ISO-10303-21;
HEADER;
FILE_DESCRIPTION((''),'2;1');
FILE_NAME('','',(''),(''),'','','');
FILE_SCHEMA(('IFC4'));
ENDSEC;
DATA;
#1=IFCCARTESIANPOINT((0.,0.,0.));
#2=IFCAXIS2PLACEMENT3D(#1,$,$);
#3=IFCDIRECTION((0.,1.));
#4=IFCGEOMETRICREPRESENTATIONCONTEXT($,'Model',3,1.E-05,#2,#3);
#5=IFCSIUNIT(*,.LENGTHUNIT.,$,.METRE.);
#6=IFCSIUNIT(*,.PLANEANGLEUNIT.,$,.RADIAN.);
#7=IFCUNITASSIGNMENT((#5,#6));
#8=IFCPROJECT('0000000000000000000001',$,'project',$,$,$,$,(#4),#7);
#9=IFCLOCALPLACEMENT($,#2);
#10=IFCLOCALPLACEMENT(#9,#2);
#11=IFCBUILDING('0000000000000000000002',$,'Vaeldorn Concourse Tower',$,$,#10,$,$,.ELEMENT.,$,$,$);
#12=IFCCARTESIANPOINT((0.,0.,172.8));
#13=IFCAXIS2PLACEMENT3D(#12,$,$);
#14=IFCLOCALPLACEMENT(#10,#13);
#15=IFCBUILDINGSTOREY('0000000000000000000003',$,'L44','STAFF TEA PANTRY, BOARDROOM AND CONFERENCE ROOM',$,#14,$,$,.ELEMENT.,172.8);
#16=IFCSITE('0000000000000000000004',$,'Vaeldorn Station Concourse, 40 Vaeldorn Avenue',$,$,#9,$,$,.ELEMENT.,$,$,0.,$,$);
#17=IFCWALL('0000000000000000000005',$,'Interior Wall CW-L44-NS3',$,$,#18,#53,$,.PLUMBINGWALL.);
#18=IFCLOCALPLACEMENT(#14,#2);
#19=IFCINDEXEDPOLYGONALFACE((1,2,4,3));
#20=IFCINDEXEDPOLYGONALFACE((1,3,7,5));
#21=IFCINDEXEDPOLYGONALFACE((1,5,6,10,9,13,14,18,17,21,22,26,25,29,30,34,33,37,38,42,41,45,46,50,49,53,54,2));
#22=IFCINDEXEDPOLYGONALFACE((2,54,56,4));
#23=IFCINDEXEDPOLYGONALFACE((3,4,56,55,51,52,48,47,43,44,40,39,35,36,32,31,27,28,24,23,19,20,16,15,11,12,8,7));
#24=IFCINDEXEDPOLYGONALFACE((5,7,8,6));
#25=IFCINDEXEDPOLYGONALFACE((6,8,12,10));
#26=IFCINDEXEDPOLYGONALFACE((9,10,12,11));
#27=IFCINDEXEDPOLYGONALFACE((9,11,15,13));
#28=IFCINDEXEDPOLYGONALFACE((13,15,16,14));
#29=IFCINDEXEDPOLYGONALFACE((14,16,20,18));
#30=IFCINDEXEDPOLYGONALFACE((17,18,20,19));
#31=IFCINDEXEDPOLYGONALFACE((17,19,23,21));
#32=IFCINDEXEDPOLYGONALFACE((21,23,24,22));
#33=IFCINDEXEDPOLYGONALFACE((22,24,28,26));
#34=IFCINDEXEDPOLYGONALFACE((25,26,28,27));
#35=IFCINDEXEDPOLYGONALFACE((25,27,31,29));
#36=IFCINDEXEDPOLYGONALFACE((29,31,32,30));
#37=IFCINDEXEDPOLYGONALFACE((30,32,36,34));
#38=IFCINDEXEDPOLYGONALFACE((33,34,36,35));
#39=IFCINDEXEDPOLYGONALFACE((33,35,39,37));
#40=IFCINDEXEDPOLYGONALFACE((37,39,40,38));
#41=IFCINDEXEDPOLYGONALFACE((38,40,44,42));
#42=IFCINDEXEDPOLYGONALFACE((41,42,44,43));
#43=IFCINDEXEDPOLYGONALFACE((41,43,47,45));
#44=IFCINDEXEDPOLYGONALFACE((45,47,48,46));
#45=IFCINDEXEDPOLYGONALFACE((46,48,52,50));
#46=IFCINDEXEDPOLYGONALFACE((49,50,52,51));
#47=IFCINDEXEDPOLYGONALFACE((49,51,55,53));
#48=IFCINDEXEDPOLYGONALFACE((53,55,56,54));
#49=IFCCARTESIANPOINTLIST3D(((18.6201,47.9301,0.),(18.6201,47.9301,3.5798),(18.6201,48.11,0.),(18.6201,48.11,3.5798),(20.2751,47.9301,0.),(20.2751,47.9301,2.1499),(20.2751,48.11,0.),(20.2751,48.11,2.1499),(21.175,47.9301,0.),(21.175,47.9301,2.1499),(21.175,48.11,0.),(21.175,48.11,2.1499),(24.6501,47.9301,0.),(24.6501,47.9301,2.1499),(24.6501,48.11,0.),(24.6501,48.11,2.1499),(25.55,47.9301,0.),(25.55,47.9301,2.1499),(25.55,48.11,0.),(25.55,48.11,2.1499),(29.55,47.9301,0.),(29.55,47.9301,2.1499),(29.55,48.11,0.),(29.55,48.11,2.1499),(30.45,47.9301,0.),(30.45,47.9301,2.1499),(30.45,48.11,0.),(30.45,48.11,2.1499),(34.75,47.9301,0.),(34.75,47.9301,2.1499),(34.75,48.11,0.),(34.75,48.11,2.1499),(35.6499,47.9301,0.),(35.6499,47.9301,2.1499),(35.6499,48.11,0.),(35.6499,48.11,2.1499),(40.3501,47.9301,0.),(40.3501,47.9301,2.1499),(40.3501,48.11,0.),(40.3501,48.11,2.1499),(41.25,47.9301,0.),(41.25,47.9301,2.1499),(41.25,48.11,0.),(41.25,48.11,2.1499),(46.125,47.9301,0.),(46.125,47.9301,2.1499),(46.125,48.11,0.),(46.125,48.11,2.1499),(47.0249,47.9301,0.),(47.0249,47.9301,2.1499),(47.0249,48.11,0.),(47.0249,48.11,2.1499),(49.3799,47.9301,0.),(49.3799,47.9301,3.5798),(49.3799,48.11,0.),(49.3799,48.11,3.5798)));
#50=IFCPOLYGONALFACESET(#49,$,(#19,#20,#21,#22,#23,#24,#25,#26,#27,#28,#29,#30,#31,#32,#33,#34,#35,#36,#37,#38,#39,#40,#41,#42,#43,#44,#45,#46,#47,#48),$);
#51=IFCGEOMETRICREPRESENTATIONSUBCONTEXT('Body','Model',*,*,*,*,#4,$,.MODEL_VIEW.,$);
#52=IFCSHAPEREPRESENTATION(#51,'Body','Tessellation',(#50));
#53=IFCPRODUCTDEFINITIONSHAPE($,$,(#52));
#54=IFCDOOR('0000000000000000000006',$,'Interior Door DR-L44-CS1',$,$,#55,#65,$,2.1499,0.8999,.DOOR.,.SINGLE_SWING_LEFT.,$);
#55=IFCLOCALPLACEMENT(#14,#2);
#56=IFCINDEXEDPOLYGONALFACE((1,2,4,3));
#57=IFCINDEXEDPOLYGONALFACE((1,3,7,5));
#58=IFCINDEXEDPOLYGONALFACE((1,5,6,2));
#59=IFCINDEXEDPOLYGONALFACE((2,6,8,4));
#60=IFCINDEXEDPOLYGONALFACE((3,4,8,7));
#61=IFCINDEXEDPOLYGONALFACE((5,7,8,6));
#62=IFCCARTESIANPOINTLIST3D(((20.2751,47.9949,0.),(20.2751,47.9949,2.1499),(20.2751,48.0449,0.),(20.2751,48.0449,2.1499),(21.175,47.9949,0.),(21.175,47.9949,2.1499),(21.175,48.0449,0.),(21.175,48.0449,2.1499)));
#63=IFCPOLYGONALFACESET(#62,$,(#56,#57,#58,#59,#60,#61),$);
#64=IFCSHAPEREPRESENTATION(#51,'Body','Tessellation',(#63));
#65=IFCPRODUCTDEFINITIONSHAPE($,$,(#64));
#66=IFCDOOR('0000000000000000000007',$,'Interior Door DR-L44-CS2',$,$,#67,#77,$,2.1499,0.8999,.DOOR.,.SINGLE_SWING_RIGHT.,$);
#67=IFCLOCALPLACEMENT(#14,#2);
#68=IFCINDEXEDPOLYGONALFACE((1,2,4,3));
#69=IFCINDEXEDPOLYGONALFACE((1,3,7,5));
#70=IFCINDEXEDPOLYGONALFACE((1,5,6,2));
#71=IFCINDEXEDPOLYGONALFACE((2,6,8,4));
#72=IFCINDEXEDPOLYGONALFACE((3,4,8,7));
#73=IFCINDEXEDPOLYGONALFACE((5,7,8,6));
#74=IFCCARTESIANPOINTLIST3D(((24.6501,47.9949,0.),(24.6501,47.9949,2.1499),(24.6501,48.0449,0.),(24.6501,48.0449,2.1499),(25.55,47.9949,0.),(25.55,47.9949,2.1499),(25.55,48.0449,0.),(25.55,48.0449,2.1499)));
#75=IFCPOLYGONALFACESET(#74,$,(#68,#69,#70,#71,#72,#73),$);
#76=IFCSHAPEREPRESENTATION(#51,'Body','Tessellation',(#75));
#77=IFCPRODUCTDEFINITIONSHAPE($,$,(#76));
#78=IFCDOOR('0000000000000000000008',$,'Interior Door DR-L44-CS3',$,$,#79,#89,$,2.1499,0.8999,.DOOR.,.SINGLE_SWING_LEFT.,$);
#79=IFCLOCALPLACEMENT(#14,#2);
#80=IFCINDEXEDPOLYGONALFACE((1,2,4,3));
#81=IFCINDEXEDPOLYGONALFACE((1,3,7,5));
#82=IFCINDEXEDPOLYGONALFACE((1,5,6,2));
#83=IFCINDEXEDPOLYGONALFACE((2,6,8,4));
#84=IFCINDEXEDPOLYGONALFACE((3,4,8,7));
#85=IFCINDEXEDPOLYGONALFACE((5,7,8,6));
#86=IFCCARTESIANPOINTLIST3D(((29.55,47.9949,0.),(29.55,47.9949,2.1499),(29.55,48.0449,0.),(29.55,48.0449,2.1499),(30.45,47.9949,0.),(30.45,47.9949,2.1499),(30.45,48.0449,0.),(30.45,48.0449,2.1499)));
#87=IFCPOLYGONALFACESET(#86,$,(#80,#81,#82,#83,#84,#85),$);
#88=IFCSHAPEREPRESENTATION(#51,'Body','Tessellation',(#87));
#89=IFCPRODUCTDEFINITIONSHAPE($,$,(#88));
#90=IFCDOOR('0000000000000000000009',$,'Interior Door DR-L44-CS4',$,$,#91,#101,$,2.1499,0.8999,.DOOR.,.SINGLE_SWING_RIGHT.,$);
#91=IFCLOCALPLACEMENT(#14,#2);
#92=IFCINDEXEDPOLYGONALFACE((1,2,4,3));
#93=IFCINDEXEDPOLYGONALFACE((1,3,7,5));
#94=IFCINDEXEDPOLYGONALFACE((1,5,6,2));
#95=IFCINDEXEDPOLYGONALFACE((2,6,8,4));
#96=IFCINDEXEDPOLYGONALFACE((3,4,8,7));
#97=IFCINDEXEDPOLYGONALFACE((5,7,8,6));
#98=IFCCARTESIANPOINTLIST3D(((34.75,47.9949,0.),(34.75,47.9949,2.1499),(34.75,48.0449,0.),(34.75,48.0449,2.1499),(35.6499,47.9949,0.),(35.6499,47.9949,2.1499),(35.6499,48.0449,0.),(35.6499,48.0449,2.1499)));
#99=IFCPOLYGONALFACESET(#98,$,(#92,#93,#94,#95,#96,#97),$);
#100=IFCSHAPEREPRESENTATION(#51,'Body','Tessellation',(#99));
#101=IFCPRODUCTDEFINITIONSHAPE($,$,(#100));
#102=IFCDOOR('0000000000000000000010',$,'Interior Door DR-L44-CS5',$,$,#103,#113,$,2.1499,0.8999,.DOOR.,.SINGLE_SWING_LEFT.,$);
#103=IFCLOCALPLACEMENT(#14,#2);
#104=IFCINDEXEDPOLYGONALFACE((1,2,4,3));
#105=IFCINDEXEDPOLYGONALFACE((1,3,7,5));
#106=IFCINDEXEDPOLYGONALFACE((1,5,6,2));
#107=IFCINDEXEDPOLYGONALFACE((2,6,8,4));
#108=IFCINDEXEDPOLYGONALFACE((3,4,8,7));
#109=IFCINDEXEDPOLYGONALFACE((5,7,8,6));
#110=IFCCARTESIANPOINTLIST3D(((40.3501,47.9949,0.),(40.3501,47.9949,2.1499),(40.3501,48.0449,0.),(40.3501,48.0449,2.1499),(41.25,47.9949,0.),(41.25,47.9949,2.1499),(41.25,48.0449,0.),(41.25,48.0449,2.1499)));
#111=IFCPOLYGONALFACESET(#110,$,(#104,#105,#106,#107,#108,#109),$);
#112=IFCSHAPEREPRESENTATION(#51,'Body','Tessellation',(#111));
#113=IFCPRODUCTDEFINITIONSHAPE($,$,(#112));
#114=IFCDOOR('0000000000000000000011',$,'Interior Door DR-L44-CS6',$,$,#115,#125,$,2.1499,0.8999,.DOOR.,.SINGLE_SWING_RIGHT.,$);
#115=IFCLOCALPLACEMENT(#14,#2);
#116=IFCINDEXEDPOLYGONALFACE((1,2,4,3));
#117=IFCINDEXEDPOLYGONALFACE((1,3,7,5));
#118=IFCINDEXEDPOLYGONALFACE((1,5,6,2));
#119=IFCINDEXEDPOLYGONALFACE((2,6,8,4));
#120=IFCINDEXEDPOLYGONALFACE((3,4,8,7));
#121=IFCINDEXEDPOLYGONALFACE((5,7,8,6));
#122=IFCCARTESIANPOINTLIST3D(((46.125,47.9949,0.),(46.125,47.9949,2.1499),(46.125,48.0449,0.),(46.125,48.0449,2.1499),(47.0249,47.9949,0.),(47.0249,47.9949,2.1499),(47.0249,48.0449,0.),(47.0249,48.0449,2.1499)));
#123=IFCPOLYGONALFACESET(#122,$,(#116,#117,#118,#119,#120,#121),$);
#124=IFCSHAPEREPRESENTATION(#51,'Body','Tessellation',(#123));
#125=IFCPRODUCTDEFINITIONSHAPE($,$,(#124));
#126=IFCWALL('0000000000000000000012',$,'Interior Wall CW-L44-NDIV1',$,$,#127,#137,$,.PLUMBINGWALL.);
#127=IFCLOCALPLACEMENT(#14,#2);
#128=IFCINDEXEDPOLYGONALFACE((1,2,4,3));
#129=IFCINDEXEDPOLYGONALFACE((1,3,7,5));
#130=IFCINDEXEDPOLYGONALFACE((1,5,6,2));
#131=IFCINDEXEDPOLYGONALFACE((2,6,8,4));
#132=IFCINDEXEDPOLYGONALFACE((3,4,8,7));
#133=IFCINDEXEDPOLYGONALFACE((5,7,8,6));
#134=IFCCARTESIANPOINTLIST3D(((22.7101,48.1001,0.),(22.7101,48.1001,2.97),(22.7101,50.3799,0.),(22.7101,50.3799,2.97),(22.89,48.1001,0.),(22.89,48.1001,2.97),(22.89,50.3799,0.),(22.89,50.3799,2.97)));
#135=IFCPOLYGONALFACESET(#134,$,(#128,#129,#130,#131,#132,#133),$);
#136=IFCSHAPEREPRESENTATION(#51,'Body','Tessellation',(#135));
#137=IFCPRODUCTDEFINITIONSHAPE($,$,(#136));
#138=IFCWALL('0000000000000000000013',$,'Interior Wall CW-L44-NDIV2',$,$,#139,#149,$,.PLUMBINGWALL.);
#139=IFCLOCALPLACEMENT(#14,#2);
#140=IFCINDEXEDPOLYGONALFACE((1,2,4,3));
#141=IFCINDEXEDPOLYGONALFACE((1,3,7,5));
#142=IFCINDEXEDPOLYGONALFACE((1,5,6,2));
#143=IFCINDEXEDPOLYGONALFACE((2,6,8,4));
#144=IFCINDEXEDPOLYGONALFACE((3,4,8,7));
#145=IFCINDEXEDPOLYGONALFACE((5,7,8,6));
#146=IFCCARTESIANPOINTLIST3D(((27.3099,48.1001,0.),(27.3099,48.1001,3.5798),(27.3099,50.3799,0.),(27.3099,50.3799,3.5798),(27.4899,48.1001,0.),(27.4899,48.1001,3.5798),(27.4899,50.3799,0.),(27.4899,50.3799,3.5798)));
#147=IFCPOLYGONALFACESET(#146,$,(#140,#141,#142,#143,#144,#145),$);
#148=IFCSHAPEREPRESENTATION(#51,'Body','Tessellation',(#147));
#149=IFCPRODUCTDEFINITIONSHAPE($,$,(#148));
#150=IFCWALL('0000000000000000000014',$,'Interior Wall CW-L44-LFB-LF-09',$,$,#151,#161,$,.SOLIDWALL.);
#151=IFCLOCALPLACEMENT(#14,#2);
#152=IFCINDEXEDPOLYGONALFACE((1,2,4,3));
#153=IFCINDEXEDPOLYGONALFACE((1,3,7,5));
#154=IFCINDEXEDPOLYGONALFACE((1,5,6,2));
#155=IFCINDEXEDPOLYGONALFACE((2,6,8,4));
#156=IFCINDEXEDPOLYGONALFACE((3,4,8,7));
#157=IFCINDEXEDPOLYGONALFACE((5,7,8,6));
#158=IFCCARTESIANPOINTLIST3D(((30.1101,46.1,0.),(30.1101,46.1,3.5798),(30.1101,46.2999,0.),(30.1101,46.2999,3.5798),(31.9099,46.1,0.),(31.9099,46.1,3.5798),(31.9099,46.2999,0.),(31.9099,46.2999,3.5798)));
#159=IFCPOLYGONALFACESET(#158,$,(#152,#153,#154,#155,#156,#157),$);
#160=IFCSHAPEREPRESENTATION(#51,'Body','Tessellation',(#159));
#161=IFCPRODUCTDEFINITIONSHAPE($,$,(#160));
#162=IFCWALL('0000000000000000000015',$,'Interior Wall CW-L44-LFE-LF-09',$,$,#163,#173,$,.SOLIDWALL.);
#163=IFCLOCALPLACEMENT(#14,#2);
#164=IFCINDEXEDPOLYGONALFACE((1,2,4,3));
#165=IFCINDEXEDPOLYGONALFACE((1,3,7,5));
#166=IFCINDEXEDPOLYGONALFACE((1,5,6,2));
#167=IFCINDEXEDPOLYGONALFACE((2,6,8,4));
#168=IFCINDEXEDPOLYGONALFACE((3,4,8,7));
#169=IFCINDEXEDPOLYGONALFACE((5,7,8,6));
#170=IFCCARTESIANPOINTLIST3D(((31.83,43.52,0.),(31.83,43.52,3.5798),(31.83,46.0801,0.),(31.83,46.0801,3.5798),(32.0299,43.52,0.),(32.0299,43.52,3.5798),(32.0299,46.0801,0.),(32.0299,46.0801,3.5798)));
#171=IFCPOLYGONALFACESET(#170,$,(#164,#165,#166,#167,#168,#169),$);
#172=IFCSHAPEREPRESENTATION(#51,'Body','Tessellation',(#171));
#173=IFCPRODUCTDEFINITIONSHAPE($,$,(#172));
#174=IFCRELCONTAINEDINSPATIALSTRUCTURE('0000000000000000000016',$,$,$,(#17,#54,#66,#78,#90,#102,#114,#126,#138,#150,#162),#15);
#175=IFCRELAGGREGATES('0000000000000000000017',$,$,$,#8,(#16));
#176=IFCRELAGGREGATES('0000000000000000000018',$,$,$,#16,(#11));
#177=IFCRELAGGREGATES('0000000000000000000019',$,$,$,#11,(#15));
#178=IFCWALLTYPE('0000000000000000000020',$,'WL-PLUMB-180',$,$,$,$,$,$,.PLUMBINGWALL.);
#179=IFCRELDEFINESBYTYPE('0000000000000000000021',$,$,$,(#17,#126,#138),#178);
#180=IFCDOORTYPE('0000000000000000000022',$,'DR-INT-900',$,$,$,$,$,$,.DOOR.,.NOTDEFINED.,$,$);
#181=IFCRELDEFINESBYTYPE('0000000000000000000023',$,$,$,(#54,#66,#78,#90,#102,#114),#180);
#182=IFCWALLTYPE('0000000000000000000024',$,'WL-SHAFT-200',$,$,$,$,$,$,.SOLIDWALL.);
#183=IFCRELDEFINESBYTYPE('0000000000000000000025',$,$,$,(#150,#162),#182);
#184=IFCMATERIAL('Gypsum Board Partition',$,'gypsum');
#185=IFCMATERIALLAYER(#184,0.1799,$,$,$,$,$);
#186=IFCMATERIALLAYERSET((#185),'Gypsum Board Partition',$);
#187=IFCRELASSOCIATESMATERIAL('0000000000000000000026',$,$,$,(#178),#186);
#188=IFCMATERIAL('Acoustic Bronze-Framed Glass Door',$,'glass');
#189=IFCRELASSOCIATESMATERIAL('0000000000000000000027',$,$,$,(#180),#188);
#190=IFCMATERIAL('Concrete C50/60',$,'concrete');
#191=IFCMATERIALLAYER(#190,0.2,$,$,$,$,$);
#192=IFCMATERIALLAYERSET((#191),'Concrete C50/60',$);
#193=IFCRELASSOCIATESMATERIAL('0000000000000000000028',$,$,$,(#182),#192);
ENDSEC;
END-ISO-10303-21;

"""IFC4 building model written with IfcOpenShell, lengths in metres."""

from ifc_helpers import new_model, si_unit, direction, frame, frame_2d, origin, place, context, subcontext, project, spatial, rectangle, extrude, source, transform, mapped, material, layer, layer_set, type_object, element, fill, save


model = new_model("IFC4")

# Units and contexts
model_context = context("Model", 3, precision=1e-05, world=origin(), true_north=direction((0.0, 1.0)))
body_context = subcontext(model_context, "Body", "Model", "MODEL_VIEW")
ifc_project = project(units=[si_unit("LENGTHUNIT", "METRE"), si_unit("PLANEANGLEUNIT", "RADIAN")], contexts=[model_context])

# Site, building, storey
site_placement = place(None, origin())
site = spatial("IfcSite", under=ifc_project, at=site_placement, Name="Vaeldorn Station Concourse, 40 Vaeldorn Avenue", CompositionType="ELEMENT", RefElevation=0.0)
building_placement = place(site_placement, origin())
building = spatial("IfcBuilding", under=site, at=building_placement, Name="Vaeldorn Concourse Tower", CompositionType="ELEMENT")
storey_placement = place(building_placement, frame((0.0, 0.0, 172.8)))
storey = spatial("IfcBuildingStorey", under=building, at=storey_placement, Name="L44", Description="STAFF TEA PANTRY, BOARDROOM AND CONFERENCE ROOM", CompositionType="ELEMENT", Elevation=172.8)

# Shared definitions
ifc_material_1 = material(Name="Gypsum Board Partition", Category="gypsum")

# Wall, openings, doors
ifc_layer_1 = layer(ifc_material_1, 0.1799)
ifc_layer_set_1 = layer_set([ifc_layer_1], Name="Gypsum Board Partition")
wall_type_1 = type_object("IfcWallType", Name="WL-PLUMB-180", PredefinedType="PLUMBINGWALL", material=ifc_layer_set_1)
wall_1_placement = place(storey_placement, frame((18.6201, 48.02, 0.0), z_axis=(0.0, 0.0, 1.0), x_axis=(1.0, 0.0, 0.0)))
wall_1 = element("IfcWall", 1, at=wall_1_placement, inside=storey, type_object=wall_type_1, Name="Interior Wall CW-L44-NS3", PredefinedType="PLUMBINGWALL", context=body_context, shape_type="SweptSolid", body=[
    extrude(rectangle(XDim=30.7598, YDim=0.1799, at=frame_2d((15.3799, 0.0))), origin(), (0.0, 0.0, 1.0), 3.5798),
])
opening_1_placement = place(wall_1_placement, frame((1.655, 0.0, 0.0)))
opening_1 = element("IfcOpeningElement", 2, at=opening_1_placement, cuts=wall_1, PredefinedType="OPENING", context=body_context, shape_type="SweptSolid", body=[
    extrude(rectangle(XDim=0.8999, YDim=2.1499, at=frame_2d((0.45, 1.075))), frame((0.0, 0.1001, 0.0), z_axis=(0.0, -1.0, 0.0), x_axis=(1.0, 0.0, 0.0)), (0.0, 0.0, 1.0), 0.2),
])
opening_2_placement = place(wall_1_placement, frame((6.03, 0.0, 0.0)))
opening_2 = element("IfcOpeningElement", 3, at=opening_2_placement, cuts=wall_1, PredefinedType="OPENING", context=body_context, shape_type="SweptSolid", body=[
    extrude(rectangle(XDim=0.8999, YDim=2.1499, at=frame_2d((0.45, 1.075))), frame((0.0, 0.1001, 0.0), z_axis=(0.0, -1.0, 0.0), x_axis=(1.0, 0.0, 0.0)), (0.0, 0.0, 1.0), 0.2),
])
opening_3_placement = place(wall_1_placement, frame((10.9299, 0.0, 0.0)))
opening_3 = element("IfcOpeningElement", 4, at=opening_3_placement, cuts=wall_1, PredefinedType="OPENING", context=body_context, shape_type="SweptSolid", body=[
    extrude(rectangle(XDim=0.8999, YDim=2.1499, at=frame_2d((0.45, 1.075))), frame((0.0, 0.1001, 0.0), z_axis=(0.0, -1.0, 0.0), x_axis=(1.0, 0.0, 0.0)), (0.0, 0.0, 1.0), 0.2),
])
opening_4_placement = place(wall_1_placement, frame((16.1299, 0.0, 0.0)))
opening_4 = element("IfcOpeningElement", 5, at=opening_4_placement, cuts=wall_1, PredefinedType="OPENING", context=body_context, shape_type="SweptSolid", body=[
    extrude(rectangle(XDim=0.8999, YDim=2.1499, at=frame_2d((0.45, 1.075))), frame((0.0, 0.1001, 0.0), z_axis=(0.0, -1.0, 0.0), x_axis=(1.0, 0.0, 0.0)), (0.0, 0.0, 1.0), 0.2),
])
opening_5_placement = place(wall_1_placement, frame((21.73, 0.0, 0.0)))
opening_5 = element("IfcOpeningElement", 6, at=opening_5_placement, cuts=wall_1, PredefinedType="OPENING", context=body_context, shape_type="SweptSolid", body=[
    extrude(rectangle(XDim=0.8999, YDim=2.1499, at=frame_2d((0.45, 1.075))), frame((0.0, 0.1001, 0.0), z_axis=(0.0, -1.0, 0.0), x_axis=(1.0, 0.0, 0.0)), (0.0, 0.0, 1.0), 0.2),
])
opening_6_placement = place(wall_1_placement, frame((27.5049, 0.0, 0.0)))
opening_6 = element("IfcOpeningElement", 7, at=opening_6_placement, cuts=wall_1, PredefinedType="OPENING", context=body_context, shape_type="SweptSolid", body=[
    extrude(rectangle(XDim=0.8999, YDim=2.1499, at=frame_2d((0.45, 1.075))), frame((0.0, 0.1001, 0.0), z_axis=(0.0, -1.0, 0.0), x_axis=(1.0, 0.0, 0.0)), (0.0, 0.0, 1.0), 0.2),
])
ifc_material_2 = material(Name="Acoustic Bronze-Framed Glass Door", Category="glass")
door_type_1 = type_object("IfcDoorType", Name="DR-INT-900", OperationType="NOTDEFINED", PredefinedType="DOOR", material=ifc_material_2)
shared_shape_1 = source(origin(), body_context, "Body", "SweptSolid", [
    extrude(rectangle(XDim=0.8999, YDim=2.1499, at=frame_2d((0.45, 1.075))), frame((0.0, 0.0249, 0.0), z_axis=(0.0, -1.0, 0.0), x_axis=(1.0, 0.0, 0.0)), (0.0, 0.0, 1.0), 0.05),
])
door_1_placement = place(opening_1_placement, origin())
door_1 = element("IfcDoor", 8, at=door_1_placement, inside=storey, type_object=door_type_1, Name="Interior Door DR-L44-CS1", OperationType="SINGLE_SWING_LEFT", OverallHeight=2.1499, OverallWidth=0.8999, PredefinedType="DOOR", context=body_context, shape_type="MappedRepresentation", body=[
    mapped(shared_shape_1, transform((0.0, 0.0, 0.0), scale=1.0)),
])
fill(opening_1, door_1)
door_2_placement = place(opening_2_placement, origin())
door_2 = element("IfcDoor", 9, at=door_2_placement, inside=storey, type_object=door_type_1, Name="Interior Door DR-L44-CS2", OperationType="SINGLE_SWING_RIGHT", OverallHeight=2.1499, OverallWidth=0.8999, PredefinedType="DOOR", context=body_context, shape_type="MappedRepresentation", body=[
    mapped(shared_shape_1, transform((0.0, 0.0, 0.0), scale=1.0)),
])
fill(opening_2, door_2)
door_3_placement = place(opening_3_placement, origin())
door_3 = element("IfcDoor", 10, at=door_3_placement, inside=storey, type_object=door_type_1, Name="Interior Door DR-L44-CS3", OperationType="SINGLE_SWING_LEFT", OverallHeight=2.1499, OverallWidth=0.8999, PredefinedType="DOOR", context=body_context, shape_type="MappedRepresentation", body=[
    mapped(shared_shape_1, transform((0.0, 0.0, 0.0), scale=1.0)),
])
fill(opening_3, door_3)
door_4_placement = place(opening_4_placement, origin())
door_4 = element("IfcDoor", 11, at=door_4_placement, inside=storey, type_object=door_type_1, Name="Interior Door DR-L44-CS4", OperationType="SINGLE_SWING_RIGHT", OverallHeight=2.1499, OverallWidth=0.8999, PredefinedType="DOOR", context=body_context, shape_type="MappedRepresentation", body=[
    mapped(shared_shape_1, transform((0.0, 0.0, 0.0), scale=1.0)),
])
fill(opening_4, door_4)
door_5_placement = place(opening_5_placement, origin())
door_5 = element("IfcDoor", 12, at=door_5_placement, inside=storey, type_object=door_type_1, Name="Interior Door DR-L44-CS5", OperationType="SINGLE_SWING_LEFT", OverallHeight=2.1499, OverallWidth=0.8999, PredefinedType="DOOR", context=body_context, shape_type="MappedRepresentation", body=[
    mapped(shared_shape_1, transform((0.0, 0.0, 0.0), scale=1.0)),
])
fill(opening_5, door_5)
door_6_placement = place(opening_6_placement, origin())
door_6 = element("IfcDoor", 13, at=door_6_placement, inside=storey, type_object=door_type_1, Name="Interior Door DR-L44-CS6", OperationType="SINGLE_SWING_RIGHT", OverallHeight=2.1499, OverallWidth=0.8999, PredefinedType="DOOR", context=body_context, shape_type="MappedRepresentation", body=[
    mapped(shared_shape_1, transform((0.0, 0.0, 0.0), scale=1.0)),
])
fill(opening_6, door_6)

# Walls
wall_2_placement = place(storey_placement, frame((22.8, 48.1001, 0.0), z_axis=(0.0, 0.0, 1.0), x_axis=(0.0, 1.0, 0.0)))
element("IfcWall", 14, at=wall_2_placement, inside=storey, type_object=wall_type_1, Name="Interior Wall CW-L44-NDIV1", PredefinedType="PLUMBINGWALL", context=body_context, shape_type="SweptSolid", body=[
    extrude(rectangle(XDim=2.2798, YDim=0.1799, at=frame_2d((1.1399, 0.0))), origin(), (0.0, 0.0, 1.0), 2.97),
])
wall_3_placement = place(storey_placement, frame((27.3999, 48.1001, 0.0), z_axis=(0.0, 0.0, 1.0), x_axis=(0.0, 1.0, 0.0)))
element("IfcWall", 15, at=wall_3_placement, inside=storey, type_object=wall_type_1, Name="Interior Wall CW-L44-NDIV2", PredefinedType="PLUMBINGWALL", context=body_context, shape_type="SweptSolid", body=[
    extrude(rectangle(XDim=2.2798, YDim=0.1799, at=frame_2d((1.1399, 0.0))), origin(), (0.0, 0.0, 1.0), 3.5798),
])

# Shared definitions
ifc_material_3 = material(Name="Concrete C50/60", Category="concrete")
ifc_layer_2 = layer(ifc_material_3, 0.2)
ifc_layer_set_2 = layer_set([ifc_layer_2], Name="Concrete C50/60")
wall_type_2 = type_object("IfcWallType", Name="WL-SHAFT-200", PredefinedType="SOLIDWALL", material=ifc_layer_set_2)

# Walls
wall_4_placement = place(storey_placement, frame((30.1101, 46.2, 0.0), z_axis=(0.0, 0.0, 1.0), x_axis=(1.0, 0.0, 0.0)))
element("IfcWall", 16, at=wall_4_placement, inside=storey, type_object=wall_type_2, Name="Interior Wall CW-L44-LFB-LF-09", PredefinedType="SOLIDWALL", context=body_context, shape_type="SweptSolid", body=[
    extrude(rectangle(XDim=1.7998, YDim=0.2, at=frame_2d((0.8999, 0.0))), origin(), (0.0, 0.0, 1.0), 3.5798),
])
wall_5_placement = place(storey_placement, frame((31.9299, 43.52, 0.0), z_axis=(0.0, 0.0, 1.0), x_axis=(0.0, 1.0, 0.0)))
element("IfcWall", 17, at=wall_5_placement, inside=storey, type_object=wall_type_2, Name="Interior Wall CW-L44-LFE-LF-09", PredefinedType="SOLIDWALL", context=body_context, shape_type="SweptSolid", body=[
    extrude(rectangle(XDim=2.5601, YDim=0.2, at=frame_2d((1.28, 0.0))), origin(), (0.0, 0.0, 1.0), 3.5798),
])

save(model, "model.ifc")
